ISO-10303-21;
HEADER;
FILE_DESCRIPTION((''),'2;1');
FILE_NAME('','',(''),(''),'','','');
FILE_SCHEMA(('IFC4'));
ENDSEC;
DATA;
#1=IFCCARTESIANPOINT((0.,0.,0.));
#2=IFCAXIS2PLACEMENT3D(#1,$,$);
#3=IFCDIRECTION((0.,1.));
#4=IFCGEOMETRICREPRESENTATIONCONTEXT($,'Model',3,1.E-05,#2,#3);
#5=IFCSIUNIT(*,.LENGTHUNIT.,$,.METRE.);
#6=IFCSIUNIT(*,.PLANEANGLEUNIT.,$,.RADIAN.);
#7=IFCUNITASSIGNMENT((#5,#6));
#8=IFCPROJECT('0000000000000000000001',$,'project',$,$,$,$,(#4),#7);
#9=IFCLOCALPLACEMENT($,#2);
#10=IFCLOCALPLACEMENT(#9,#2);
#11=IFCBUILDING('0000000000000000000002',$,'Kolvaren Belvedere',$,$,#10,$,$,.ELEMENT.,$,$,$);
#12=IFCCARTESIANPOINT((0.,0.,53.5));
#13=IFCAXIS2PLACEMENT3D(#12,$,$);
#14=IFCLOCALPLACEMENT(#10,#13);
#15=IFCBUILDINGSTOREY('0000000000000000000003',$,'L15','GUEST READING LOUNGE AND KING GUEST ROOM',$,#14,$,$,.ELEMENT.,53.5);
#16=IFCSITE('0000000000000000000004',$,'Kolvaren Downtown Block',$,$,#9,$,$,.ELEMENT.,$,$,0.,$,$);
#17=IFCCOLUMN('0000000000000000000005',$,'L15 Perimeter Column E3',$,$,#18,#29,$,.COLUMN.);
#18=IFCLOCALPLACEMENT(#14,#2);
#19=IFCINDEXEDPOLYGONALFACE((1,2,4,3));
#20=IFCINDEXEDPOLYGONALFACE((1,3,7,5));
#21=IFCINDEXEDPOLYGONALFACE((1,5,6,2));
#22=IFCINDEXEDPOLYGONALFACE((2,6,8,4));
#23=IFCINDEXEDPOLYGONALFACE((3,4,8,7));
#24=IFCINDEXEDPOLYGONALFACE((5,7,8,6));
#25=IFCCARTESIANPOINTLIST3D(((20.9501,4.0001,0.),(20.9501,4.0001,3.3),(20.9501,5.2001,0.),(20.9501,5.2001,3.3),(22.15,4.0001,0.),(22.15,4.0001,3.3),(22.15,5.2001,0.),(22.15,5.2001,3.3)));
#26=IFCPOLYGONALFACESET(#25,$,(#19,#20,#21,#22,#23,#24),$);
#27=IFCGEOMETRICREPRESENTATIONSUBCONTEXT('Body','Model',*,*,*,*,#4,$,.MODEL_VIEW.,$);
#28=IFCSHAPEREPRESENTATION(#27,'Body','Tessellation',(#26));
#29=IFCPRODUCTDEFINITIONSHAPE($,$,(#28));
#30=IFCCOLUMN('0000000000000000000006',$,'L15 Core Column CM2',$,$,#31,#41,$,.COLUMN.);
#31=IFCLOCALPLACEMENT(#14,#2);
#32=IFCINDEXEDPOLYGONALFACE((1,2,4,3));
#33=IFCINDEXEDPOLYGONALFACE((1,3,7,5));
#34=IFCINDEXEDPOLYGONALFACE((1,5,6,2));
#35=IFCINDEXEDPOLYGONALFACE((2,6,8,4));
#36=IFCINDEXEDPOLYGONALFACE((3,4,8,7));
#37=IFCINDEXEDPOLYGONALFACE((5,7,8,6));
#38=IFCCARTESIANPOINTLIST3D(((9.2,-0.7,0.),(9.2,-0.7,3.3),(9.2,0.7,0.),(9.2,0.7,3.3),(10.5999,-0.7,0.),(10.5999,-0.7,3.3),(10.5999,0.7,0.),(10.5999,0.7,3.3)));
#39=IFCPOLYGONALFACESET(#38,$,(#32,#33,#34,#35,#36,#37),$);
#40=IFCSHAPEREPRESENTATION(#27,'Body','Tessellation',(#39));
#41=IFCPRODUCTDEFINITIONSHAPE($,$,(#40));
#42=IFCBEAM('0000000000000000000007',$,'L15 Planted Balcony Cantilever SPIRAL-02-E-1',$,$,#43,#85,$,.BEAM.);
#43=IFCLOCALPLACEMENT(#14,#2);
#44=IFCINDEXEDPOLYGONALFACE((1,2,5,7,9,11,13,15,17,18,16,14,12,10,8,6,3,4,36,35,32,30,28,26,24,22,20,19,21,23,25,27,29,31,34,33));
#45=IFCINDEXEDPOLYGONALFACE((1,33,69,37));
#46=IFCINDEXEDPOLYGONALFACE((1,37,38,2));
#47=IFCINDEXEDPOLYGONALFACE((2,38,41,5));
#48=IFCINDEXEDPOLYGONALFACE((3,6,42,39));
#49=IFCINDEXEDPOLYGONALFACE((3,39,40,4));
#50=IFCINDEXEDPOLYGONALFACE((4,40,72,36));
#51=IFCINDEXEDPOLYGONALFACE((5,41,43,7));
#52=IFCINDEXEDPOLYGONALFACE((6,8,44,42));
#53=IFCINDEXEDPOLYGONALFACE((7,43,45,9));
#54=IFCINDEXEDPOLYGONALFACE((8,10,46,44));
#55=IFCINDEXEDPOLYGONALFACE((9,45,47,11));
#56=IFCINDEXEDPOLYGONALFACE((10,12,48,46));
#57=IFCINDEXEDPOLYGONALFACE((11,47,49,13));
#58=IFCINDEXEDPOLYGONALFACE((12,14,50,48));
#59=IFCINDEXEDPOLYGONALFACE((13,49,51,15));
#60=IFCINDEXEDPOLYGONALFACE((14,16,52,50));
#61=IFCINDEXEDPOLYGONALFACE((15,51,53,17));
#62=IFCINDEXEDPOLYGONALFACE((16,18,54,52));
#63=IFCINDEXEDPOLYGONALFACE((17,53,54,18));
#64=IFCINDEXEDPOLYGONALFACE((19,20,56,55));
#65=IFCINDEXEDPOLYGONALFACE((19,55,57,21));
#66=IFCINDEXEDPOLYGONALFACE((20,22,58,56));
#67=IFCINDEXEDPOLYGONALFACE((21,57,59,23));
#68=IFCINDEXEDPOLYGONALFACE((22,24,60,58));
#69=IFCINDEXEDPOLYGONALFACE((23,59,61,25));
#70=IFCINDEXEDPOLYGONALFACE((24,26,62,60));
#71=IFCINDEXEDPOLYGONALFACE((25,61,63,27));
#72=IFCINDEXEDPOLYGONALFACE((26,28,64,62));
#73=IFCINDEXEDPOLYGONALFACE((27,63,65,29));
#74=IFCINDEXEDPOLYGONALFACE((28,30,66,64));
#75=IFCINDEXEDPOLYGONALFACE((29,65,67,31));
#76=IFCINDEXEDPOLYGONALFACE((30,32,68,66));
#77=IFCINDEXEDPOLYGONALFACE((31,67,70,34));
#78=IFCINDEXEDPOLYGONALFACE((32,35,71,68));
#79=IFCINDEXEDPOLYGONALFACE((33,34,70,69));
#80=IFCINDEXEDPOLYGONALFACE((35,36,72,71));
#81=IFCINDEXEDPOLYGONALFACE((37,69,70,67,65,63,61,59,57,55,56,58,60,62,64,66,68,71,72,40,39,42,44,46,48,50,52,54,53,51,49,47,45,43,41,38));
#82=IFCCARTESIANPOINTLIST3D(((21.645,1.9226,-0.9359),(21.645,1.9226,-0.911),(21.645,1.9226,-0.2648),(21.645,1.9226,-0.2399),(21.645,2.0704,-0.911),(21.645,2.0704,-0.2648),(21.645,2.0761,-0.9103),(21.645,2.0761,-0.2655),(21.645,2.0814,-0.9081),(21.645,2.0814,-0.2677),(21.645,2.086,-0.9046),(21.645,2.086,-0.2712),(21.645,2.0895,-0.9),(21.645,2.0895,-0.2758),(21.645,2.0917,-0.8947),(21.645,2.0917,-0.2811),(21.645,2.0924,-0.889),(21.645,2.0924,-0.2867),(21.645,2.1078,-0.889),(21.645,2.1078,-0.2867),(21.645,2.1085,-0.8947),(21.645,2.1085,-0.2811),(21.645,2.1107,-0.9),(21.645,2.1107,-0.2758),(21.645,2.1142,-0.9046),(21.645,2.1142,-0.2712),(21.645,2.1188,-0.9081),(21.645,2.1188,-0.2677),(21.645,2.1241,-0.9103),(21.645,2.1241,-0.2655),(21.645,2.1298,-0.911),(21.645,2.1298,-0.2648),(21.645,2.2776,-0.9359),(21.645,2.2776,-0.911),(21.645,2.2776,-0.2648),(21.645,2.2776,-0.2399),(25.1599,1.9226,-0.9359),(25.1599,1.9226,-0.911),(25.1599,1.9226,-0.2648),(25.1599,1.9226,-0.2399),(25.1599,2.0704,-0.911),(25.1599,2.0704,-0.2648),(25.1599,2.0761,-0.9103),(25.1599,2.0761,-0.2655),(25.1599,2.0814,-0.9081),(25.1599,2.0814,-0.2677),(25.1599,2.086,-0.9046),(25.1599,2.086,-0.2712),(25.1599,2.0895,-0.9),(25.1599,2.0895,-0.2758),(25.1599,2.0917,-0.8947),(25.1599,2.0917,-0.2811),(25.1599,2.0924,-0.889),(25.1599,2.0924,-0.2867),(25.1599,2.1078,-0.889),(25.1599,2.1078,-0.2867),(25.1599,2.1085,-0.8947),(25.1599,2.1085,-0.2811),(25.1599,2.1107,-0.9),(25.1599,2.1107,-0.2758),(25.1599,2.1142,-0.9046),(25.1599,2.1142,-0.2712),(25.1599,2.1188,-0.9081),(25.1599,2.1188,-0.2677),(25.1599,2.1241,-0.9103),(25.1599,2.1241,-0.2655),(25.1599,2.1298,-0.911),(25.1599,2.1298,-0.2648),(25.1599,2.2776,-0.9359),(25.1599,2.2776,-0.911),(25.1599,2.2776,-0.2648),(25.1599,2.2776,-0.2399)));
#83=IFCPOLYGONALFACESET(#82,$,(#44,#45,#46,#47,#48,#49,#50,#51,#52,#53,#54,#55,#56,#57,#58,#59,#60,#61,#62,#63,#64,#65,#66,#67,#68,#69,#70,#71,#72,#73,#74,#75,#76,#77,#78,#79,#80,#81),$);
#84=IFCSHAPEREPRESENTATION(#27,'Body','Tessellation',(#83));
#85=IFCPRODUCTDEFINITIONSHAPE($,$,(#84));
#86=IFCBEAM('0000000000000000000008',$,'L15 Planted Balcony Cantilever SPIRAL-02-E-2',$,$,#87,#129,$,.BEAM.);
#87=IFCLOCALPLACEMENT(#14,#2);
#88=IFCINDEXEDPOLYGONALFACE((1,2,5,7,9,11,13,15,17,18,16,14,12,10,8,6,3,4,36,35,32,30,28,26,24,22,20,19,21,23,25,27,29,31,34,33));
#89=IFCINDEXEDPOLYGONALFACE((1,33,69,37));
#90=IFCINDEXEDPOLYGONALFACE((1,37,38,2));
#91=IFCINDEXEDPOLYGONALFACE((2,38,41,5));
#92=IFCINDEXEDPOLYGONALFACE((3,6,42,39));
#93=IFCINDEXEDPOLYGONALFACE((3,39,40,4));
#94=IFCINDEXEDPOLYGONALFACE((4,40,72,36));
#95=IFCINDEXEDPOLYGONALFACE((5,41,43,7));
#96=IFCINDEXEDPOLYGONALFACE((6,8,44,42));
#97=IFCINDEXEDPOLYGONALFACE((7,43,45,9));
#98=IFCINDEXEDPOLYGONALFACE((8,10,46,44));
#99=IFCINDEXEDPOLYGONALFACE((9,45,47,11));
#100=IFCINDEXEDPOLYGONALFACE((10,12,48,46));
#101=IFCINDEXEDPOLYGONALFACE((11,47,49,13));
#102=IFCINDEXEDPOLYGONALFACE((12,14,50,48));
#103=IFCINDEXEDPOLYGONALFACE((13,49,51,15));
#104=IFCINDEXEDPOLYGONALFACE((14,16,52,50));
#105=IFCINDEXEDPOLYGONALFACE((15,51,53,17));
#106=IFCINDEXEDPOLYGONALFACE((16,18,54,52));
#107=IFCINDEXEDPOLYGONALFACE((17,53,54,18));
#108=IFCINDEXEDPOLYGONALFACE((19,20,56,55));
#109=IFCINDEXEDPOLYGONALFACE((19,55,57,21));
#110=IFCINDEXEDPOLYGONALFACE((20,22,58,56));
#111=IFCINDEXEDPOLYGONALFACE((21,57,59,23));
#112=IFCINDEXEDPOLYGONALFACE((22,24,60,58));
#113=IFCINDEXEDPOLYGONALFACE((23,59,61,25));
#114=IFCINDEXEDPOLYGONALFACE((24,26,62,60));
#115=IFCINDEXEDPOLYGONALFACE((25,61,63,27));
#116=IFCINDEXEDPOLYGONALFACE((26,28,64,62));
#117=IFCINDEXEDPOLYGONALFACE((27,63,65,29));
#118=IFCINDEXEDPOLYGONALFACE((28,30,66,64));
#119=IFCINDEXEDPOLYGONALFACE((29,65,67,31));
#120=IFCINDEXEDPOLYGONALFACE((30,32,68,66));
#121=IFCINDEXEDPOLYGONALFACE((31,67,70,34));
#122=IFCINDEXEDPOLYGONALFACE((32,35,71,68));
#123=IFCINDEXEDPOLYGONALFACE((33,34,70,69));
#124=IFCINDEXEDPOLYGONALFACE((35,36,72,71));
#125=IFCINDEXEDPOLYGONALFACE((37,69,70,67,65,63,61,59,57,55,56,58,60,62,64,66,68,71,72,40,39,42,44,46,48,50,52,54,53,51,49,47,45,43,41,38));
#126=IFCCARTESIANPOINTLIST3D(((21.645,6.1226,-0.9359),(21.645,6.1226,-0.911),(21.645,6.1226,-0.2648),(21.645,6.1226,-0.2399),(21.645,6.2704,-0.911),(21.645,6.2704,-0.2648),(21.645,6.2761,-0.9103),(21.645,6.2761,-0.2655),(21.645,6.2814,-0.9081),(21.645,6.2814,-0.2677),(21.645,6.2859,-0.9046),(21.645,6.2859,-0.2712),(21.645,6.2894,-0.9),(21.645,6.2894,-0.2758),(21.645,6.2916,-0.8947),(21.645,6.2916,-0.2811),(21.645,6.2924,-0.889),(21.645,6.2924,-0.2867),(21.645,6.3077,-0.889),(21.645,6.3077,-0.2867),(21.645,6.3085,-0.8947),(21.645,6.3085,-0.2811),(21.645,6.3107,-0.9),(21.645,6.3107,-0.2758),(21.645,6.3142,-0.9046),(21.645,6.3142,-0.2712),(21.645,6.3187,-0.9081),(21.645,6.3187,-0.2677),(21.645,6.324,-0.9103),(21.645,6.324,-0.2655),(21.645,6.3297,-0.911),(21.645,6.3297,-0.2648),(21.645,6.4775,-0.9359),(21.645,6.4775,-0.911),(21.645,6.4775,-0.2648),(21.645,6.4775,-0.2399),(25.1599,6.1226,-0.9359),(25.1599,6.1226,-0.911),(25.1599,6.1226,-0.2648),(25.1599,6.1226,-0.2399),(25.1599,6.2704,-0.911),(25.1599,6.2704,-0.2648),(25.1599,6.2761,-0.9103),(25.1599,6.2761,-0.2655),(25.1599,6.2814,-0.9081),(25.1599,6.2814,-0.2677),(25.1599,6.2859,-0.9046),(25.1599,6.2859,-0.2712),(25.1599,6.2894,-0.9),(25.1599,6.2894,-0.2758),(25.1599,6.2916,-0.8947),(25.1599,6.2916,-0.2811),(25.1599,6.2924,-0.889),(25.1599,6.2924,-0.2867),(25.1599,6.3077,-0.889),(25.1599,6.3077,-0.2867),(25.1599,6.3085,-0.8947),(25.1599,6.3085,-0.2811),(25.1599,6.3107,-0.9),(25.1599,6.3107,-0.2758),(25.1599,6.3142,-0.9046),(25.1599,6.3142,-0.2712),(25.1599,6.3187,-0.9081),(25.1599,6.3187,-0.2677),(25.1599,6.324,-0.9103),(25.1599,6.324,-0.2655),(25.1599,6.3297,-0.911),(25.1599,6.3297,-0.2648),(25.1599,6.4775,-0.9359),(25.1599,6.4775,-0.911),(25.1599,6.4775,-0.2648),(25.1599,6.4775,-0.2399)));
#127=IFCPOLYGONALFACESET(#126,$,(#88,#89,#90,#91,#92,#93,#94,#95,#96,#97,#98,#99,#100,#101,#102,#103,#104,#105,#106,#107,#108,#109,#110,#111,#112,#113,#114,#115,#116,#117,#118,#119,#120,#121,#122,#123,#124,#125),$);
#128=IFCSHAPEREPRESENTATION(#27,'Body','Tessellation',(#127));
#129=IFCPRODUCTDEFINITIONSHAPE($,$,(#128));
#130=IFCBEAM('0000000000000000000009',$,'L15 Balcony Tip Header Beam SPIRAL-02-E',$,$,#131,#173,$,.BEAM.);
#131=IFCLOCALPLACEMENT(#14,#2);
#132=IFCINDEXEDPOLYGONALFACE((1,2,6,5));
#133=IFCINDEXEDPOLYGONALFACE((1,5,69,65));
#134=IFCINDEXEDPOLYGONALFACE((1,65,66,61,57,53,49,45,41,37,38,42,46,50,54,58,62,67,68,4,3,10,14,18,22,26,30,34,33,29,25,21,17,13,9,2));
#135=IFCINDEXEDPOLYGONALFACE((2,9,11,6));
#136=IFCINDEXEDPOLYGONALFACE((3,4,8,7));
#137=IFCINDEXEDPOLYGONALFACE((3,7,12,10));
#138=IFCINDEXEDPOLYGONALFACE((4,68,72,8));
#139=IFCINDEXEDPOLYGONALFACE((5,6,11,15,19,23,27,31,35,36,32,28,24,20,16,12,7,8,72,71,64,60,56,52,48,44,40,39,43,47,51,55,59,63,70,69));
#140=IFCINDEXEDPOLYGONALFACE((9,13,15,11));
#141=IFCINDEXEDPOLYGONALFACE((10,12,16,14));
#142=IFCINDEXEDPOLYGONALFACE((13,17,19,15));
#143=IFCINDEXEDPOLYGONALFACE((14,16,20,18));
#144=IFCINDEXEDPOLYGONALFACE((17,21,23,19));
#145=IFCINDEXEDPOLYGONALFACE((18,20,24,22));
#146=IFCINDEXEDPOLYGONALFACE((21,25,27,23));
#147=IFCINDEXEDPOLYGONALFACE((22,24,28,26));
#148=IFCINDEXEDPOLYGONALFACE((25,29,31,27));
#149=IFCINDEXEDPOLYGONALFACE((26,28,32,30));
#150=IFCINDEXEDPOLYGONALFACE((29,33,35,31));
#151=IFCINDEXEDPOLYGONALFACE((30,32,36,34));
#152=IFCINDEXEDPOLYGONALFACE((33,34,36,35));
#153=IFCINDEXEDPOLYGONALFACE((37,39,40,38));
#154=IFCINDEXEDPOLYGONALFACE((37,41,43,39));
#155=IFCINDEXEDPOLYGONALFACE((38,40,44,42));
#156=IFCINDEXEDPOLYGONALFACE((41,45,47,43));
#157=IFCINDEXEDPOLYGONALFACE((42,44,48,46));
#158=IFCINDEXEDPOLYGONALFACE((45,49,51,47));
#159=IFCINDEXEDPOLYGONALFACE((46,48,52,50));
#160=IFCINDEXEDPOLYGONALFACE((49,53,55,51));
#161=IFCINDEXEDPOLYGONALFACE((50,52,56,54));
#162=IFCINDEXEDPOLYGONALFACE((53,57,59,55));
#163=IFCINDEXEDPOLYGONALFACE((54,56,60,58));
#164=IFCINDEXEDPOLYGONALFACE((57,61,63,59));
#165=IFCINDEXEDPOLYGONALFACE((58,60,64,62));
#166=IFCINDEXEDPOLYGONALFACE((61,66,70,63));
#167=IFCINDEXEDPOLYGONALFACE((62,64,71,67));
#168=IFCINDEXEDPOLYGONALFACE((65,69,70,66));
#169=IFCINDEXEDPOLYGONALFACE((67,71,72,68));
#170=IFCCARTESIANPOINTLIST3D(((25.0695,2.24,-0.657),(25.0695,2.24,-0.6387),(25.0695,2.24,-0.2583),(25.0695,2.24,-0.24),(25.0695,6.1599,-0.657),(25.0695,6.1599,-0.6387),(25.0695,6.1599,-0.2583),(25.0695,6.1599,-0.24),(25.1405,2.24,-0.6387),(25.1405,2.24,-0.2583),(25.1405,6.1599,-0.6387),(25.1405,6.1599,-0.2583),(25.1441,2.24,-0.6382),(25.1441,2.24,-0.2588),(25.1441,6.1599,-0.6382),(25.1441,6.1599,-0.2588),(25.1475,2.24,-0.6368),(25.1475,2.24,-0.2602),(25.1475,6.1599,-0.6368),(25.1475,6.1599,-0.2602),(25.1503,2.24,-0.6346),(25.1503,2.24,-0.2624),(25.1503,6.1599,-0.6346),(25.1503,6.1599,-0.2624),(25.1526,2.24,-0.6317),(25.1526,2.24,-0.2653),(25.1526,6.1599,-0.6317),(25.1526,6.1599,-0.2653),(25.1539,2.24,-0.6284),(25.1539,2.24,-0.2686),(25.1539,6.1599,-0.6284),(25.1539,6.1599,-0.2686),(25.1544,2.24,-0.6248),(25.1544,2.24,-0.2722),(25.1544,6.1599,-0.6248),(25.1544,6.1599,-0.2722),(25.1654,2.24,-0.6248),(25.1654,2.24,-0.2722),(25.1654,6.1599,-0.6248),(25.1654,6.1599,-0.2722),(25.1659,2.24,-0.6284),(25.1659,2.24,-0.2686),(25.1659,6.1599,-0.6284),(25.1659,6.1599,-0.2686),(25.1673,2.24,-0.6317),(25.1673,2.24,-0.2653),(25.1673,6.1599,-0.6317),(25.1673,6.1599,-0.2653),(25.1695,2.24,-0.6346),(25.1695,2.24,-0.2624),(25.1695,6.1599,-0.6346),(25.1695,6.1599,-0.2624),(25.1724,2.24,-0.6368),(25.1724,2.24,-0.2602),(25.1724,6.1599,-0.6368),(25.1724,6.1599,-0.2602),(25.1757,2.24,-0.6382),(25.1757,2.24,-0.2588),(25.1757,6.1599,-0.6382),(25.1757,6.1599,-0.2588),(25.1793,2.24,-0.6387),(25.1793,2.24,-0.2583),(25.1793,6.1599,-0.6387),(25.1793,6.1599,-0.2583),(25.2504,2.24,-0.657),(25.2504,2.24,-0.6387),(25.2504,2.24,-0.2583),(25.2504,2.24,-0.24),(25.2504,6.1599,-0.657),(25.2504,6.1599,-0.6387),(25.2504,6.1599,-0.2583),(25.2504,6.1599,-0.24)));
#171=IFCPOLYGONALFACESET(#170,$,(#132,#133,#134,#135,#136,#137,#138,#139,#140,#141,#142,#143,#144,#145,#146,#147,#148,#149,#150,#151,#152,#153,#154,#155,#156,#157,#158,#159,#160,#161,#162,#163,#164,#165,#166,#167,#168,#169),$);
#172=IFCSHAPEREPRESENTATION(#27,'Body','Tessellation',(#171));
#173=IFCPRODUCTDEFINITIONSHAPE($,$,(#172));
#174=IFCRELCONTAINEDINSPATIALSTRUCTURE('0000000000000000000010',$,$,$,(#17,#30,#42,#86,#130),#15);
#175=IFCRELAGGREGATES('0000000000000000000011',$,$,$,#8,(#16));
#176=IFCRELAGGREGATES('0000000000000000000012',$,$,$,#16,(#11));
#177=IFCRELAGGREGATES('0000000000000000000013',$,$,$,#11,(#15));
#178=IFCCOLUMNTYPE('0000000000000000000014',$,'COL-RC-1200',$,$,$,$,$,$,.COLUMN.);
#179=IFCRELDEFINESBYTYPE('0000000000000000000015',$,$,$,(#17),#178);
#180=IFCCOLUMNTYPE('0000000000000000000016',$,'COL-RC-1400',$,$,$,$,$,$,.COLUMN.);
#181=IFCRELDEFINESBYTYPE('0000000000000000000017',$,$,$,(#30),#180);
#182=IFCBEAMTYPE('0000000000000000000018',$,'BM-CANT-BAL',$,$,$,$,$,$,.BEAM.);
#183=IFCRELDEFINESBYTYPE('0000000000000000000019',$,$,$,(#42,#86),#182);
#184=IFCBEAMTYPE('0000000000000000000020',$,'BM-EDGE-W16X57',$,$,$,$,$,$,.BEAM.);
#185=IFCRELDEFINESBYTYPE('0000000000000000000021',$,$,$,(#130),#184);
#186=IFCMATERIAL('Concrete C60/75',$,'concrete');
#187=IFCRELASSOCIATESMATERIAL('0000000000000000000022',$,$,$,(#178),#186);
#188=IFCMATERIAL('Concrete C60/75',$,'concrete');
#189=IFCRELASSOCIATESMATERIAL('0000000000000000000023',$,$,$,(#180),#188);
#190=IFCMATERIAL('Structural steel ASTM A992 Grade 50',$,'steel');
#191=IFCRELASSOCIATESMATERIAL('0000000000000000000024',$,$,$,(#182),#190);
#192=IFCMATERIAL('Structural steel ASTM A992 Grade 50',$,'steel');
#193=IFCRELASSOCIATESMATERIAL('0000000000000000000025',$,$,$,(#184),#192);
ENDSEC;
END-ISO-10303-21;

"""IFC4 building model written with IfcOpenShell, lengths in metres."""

from ifc_helpers import new_model, si_unit, direction, frame, origin, origin_2d, place, context, subcontext, project, spatial, rectangle, i_section, extrude, material, material_profile, profile_set, type_object, element, save


model = new_model("IFC4")

# Units and contexts
model_context = context("Model", 3, precision=1e-05, world=origin(), true_north=direction((0.0, 1.0)))
body_context = subcontext(model_context, "Body", "Model", "MODEL_VIEW")
ifc_project = project(units=[si_unit("LENGTHUNIT", "METRE"), si_unit("PLANEANGLEUNIT", "RADIAN")], contexts=[model_context])

# Site, building, storey
site_placement = place(None, origin())
site = spatial("IfcSite", under=ifc_project, at=site_placement, Name="Kolvaren Downtown Block", CompositionType="ELEMENT", RefElevation=0.0)
building_placement = place(site_placement, origin())
building = spatial("IfcBuilding", under=site, at=building_placement, Name="Kolvaren Belvedere", CompositionType="ELEMENT")
storey_placement = place(building_placement, frame((0.0, 0.0, 53.5)))
storey = spatial("IfcBuildingStorey", under=building, at=storey_placement, Name="L15", Description="GUEST READING LOUNGE AND KING GUEST ROOM", CompositionType="ELEMENT", Elevation=53.5)

# Columns
ifc_material_1 = material(Name="Concrete C60/75", Category="concrete")
ifc_material_profile_1 = material_profile(ifc_material_1, rectangle(XDim=1.2, YDim=1.2, at=origin_2d()), Name="RC 1200X1200")
ifc_profile_set_1 = profile_set([ifc_material_profile_1], Name="Concrete C60/75")
column_type_1 = type_object("IfcColumnType", Name="COL-RC-1200", PredefinedType="COLUMN", material=ifc_profile_set_1)
column_1_placement = place(storey_placement, frame((21.55, 4.6001, 0.0), z_axis=(0.0, 0.0, 1.0), x_axis=(1.0, 0.0, 0.0)))
element("IfcColumn", 1, at=column_1_placement, inside=storey, type_object=column_type_1, Name="L15 Perimeter Column E3", PredefinedType="COLUMN", context=body_context, shape_type="SweptSolid", body=[
    extrude(rectangle(XDim=1.2, YDim=1.2, at=origin_2d()), origin(), (0.0, 0.0, 1.0), 3.3),
])
ifc_material_2 = material(Name="Concrete C60/75", Category="concrete")
ifc_material_profile_2 = material_profile(ifc_material_2, rectangle(XDim=1.3999, YDim=1.3999, at=origin_2d()), Name="RC 1400X1400")
ifc_profile_set_2 = profile_set([ifc_material_profile_2], Name="Concrete C60/75")
column_type_2 = type_object("IfcColumnType", Name="COL-RC-1400", PredefinedType="COLUMN", material=ifc_profile_set_2)
column_2_placement = place(storey_placement, frame((9.8999, 0.0, 0.0), z_axis=(0.0, 0.0, 1.0), x_axis=(1.0, 0.0, 0.0)))
element("IfcColumn", 2, at=column_2_placement, inside=storey, type_object=column_type_2, Name="L15 Core Column CM2", PredefinedType="COLUMN", context=body_context, shape_type="SweptSolid", body=[
    extrude(rectangle(XDim=1.3999, YDim=1.3999, at=origin_2d()), origin(), (0.0, 0.0, 1.0), 3.3),
])

# Beams
ifc_material_3 = material(Name="Structural steel ASTM A992 Grade 50", Category="steel")
ifc_material_profile_3 = material_profile(ifc_material_3, i_section(OverallWidth=0.355, OverallDepth=0.696, WebThickness=0.0154, FlangeThickness=0.0249, FilletRadius=0.022, at=origin_2d()), Name="W27X146")
ifc_profile_set_3 = profile_set([ifc_material_profile_3], Name="Structural steel ASTM A992 Grade 50")
beam_type_1 = type_object("IfcBeamType", Name="BM-CANT-BAL", PredefinedType="BEAM", material=ifc_profile_set_3)
for number, where, z_axis, x_axis, name in (
    (3, (21.645, 2.1001, -0.5879), (1.0, 0.0, 0.0), (0.0, 1.0, 0.0), "L15 Planted Balcony Cantilever SPIRAL-02-E-1"),
    (4, (21.645, 6.3, -0.5879), (1.0, 0.0, 0.0), (0.0, 1.0, 0.0), "L15 Planted Balcony Cantilever SPIRAL-02-E-2"),
):
    element("IfcBeam", number, at=place(storey_placement, frame(where, z_axis=z_axis, x_axis=x_axis)), inside=storey, type_object=beam_type_1, Name=name, PredefinedType="BEAM", context=body_context, shape_type="SweptSolid", body=[
        extrude(i_section(OverallWidth=0.355, OverallDepth=0.696, WebThickness=0.0154, FlangeThickness=0.0249, FilletRadius=0.022, at=origin_2d()), origin(), (0.0, 0.0, 1.0), 3.5149),
    ])
ifc_material_4 = material(Name="Structural steel ASTM A992 Grade 50", Category="steel")
ifc_material_profile_4 = material_profile(ifc_material_4, i_section(OverallWidth=0.1809, OverallDepth=0.417, WebThickness=0.011, FlangeThickness=0.0183, FilletRadius=0.0139, at=origin_2d()), Name="W16X57")
ifc_profile_set_4 = profile_set([ifc_material_profile_4], Name="Structural steel ASTM A992 Grade 50")
beam_type_2 = type_object("IfcBeamType", Name="BM-EDGE-W16X57", PredefinedType="BEAM", material=ifc_profile_set_4)
beam_1_placement = place(storey_placement, frame((25.1599, 2.24, -0.4485), z_axis=(0.0, 1.0, 0.0), x_axis=(-1.0, 0.0, 0.0)))
element("IfcBeam", 5, at=beam_1_placement, inside=storey, type_object=beam_type_2, Name="L15 Balcony Tip Header Beam SPIRAL-02-E", PredefinedType="BEAM", context=body_context, shape_type="SweptSolid", body=[
    extrude(i_section(OverallWidth=0.1809, OverallDepth=0.417, WebThickness=0.011, FlangeThickness=0.0183, FilletRadius=0.0139, at=origin_2d()), origin(), (0.0, 0.0, 1.0), 3.9199),
])

save(model, "model.ifc")
